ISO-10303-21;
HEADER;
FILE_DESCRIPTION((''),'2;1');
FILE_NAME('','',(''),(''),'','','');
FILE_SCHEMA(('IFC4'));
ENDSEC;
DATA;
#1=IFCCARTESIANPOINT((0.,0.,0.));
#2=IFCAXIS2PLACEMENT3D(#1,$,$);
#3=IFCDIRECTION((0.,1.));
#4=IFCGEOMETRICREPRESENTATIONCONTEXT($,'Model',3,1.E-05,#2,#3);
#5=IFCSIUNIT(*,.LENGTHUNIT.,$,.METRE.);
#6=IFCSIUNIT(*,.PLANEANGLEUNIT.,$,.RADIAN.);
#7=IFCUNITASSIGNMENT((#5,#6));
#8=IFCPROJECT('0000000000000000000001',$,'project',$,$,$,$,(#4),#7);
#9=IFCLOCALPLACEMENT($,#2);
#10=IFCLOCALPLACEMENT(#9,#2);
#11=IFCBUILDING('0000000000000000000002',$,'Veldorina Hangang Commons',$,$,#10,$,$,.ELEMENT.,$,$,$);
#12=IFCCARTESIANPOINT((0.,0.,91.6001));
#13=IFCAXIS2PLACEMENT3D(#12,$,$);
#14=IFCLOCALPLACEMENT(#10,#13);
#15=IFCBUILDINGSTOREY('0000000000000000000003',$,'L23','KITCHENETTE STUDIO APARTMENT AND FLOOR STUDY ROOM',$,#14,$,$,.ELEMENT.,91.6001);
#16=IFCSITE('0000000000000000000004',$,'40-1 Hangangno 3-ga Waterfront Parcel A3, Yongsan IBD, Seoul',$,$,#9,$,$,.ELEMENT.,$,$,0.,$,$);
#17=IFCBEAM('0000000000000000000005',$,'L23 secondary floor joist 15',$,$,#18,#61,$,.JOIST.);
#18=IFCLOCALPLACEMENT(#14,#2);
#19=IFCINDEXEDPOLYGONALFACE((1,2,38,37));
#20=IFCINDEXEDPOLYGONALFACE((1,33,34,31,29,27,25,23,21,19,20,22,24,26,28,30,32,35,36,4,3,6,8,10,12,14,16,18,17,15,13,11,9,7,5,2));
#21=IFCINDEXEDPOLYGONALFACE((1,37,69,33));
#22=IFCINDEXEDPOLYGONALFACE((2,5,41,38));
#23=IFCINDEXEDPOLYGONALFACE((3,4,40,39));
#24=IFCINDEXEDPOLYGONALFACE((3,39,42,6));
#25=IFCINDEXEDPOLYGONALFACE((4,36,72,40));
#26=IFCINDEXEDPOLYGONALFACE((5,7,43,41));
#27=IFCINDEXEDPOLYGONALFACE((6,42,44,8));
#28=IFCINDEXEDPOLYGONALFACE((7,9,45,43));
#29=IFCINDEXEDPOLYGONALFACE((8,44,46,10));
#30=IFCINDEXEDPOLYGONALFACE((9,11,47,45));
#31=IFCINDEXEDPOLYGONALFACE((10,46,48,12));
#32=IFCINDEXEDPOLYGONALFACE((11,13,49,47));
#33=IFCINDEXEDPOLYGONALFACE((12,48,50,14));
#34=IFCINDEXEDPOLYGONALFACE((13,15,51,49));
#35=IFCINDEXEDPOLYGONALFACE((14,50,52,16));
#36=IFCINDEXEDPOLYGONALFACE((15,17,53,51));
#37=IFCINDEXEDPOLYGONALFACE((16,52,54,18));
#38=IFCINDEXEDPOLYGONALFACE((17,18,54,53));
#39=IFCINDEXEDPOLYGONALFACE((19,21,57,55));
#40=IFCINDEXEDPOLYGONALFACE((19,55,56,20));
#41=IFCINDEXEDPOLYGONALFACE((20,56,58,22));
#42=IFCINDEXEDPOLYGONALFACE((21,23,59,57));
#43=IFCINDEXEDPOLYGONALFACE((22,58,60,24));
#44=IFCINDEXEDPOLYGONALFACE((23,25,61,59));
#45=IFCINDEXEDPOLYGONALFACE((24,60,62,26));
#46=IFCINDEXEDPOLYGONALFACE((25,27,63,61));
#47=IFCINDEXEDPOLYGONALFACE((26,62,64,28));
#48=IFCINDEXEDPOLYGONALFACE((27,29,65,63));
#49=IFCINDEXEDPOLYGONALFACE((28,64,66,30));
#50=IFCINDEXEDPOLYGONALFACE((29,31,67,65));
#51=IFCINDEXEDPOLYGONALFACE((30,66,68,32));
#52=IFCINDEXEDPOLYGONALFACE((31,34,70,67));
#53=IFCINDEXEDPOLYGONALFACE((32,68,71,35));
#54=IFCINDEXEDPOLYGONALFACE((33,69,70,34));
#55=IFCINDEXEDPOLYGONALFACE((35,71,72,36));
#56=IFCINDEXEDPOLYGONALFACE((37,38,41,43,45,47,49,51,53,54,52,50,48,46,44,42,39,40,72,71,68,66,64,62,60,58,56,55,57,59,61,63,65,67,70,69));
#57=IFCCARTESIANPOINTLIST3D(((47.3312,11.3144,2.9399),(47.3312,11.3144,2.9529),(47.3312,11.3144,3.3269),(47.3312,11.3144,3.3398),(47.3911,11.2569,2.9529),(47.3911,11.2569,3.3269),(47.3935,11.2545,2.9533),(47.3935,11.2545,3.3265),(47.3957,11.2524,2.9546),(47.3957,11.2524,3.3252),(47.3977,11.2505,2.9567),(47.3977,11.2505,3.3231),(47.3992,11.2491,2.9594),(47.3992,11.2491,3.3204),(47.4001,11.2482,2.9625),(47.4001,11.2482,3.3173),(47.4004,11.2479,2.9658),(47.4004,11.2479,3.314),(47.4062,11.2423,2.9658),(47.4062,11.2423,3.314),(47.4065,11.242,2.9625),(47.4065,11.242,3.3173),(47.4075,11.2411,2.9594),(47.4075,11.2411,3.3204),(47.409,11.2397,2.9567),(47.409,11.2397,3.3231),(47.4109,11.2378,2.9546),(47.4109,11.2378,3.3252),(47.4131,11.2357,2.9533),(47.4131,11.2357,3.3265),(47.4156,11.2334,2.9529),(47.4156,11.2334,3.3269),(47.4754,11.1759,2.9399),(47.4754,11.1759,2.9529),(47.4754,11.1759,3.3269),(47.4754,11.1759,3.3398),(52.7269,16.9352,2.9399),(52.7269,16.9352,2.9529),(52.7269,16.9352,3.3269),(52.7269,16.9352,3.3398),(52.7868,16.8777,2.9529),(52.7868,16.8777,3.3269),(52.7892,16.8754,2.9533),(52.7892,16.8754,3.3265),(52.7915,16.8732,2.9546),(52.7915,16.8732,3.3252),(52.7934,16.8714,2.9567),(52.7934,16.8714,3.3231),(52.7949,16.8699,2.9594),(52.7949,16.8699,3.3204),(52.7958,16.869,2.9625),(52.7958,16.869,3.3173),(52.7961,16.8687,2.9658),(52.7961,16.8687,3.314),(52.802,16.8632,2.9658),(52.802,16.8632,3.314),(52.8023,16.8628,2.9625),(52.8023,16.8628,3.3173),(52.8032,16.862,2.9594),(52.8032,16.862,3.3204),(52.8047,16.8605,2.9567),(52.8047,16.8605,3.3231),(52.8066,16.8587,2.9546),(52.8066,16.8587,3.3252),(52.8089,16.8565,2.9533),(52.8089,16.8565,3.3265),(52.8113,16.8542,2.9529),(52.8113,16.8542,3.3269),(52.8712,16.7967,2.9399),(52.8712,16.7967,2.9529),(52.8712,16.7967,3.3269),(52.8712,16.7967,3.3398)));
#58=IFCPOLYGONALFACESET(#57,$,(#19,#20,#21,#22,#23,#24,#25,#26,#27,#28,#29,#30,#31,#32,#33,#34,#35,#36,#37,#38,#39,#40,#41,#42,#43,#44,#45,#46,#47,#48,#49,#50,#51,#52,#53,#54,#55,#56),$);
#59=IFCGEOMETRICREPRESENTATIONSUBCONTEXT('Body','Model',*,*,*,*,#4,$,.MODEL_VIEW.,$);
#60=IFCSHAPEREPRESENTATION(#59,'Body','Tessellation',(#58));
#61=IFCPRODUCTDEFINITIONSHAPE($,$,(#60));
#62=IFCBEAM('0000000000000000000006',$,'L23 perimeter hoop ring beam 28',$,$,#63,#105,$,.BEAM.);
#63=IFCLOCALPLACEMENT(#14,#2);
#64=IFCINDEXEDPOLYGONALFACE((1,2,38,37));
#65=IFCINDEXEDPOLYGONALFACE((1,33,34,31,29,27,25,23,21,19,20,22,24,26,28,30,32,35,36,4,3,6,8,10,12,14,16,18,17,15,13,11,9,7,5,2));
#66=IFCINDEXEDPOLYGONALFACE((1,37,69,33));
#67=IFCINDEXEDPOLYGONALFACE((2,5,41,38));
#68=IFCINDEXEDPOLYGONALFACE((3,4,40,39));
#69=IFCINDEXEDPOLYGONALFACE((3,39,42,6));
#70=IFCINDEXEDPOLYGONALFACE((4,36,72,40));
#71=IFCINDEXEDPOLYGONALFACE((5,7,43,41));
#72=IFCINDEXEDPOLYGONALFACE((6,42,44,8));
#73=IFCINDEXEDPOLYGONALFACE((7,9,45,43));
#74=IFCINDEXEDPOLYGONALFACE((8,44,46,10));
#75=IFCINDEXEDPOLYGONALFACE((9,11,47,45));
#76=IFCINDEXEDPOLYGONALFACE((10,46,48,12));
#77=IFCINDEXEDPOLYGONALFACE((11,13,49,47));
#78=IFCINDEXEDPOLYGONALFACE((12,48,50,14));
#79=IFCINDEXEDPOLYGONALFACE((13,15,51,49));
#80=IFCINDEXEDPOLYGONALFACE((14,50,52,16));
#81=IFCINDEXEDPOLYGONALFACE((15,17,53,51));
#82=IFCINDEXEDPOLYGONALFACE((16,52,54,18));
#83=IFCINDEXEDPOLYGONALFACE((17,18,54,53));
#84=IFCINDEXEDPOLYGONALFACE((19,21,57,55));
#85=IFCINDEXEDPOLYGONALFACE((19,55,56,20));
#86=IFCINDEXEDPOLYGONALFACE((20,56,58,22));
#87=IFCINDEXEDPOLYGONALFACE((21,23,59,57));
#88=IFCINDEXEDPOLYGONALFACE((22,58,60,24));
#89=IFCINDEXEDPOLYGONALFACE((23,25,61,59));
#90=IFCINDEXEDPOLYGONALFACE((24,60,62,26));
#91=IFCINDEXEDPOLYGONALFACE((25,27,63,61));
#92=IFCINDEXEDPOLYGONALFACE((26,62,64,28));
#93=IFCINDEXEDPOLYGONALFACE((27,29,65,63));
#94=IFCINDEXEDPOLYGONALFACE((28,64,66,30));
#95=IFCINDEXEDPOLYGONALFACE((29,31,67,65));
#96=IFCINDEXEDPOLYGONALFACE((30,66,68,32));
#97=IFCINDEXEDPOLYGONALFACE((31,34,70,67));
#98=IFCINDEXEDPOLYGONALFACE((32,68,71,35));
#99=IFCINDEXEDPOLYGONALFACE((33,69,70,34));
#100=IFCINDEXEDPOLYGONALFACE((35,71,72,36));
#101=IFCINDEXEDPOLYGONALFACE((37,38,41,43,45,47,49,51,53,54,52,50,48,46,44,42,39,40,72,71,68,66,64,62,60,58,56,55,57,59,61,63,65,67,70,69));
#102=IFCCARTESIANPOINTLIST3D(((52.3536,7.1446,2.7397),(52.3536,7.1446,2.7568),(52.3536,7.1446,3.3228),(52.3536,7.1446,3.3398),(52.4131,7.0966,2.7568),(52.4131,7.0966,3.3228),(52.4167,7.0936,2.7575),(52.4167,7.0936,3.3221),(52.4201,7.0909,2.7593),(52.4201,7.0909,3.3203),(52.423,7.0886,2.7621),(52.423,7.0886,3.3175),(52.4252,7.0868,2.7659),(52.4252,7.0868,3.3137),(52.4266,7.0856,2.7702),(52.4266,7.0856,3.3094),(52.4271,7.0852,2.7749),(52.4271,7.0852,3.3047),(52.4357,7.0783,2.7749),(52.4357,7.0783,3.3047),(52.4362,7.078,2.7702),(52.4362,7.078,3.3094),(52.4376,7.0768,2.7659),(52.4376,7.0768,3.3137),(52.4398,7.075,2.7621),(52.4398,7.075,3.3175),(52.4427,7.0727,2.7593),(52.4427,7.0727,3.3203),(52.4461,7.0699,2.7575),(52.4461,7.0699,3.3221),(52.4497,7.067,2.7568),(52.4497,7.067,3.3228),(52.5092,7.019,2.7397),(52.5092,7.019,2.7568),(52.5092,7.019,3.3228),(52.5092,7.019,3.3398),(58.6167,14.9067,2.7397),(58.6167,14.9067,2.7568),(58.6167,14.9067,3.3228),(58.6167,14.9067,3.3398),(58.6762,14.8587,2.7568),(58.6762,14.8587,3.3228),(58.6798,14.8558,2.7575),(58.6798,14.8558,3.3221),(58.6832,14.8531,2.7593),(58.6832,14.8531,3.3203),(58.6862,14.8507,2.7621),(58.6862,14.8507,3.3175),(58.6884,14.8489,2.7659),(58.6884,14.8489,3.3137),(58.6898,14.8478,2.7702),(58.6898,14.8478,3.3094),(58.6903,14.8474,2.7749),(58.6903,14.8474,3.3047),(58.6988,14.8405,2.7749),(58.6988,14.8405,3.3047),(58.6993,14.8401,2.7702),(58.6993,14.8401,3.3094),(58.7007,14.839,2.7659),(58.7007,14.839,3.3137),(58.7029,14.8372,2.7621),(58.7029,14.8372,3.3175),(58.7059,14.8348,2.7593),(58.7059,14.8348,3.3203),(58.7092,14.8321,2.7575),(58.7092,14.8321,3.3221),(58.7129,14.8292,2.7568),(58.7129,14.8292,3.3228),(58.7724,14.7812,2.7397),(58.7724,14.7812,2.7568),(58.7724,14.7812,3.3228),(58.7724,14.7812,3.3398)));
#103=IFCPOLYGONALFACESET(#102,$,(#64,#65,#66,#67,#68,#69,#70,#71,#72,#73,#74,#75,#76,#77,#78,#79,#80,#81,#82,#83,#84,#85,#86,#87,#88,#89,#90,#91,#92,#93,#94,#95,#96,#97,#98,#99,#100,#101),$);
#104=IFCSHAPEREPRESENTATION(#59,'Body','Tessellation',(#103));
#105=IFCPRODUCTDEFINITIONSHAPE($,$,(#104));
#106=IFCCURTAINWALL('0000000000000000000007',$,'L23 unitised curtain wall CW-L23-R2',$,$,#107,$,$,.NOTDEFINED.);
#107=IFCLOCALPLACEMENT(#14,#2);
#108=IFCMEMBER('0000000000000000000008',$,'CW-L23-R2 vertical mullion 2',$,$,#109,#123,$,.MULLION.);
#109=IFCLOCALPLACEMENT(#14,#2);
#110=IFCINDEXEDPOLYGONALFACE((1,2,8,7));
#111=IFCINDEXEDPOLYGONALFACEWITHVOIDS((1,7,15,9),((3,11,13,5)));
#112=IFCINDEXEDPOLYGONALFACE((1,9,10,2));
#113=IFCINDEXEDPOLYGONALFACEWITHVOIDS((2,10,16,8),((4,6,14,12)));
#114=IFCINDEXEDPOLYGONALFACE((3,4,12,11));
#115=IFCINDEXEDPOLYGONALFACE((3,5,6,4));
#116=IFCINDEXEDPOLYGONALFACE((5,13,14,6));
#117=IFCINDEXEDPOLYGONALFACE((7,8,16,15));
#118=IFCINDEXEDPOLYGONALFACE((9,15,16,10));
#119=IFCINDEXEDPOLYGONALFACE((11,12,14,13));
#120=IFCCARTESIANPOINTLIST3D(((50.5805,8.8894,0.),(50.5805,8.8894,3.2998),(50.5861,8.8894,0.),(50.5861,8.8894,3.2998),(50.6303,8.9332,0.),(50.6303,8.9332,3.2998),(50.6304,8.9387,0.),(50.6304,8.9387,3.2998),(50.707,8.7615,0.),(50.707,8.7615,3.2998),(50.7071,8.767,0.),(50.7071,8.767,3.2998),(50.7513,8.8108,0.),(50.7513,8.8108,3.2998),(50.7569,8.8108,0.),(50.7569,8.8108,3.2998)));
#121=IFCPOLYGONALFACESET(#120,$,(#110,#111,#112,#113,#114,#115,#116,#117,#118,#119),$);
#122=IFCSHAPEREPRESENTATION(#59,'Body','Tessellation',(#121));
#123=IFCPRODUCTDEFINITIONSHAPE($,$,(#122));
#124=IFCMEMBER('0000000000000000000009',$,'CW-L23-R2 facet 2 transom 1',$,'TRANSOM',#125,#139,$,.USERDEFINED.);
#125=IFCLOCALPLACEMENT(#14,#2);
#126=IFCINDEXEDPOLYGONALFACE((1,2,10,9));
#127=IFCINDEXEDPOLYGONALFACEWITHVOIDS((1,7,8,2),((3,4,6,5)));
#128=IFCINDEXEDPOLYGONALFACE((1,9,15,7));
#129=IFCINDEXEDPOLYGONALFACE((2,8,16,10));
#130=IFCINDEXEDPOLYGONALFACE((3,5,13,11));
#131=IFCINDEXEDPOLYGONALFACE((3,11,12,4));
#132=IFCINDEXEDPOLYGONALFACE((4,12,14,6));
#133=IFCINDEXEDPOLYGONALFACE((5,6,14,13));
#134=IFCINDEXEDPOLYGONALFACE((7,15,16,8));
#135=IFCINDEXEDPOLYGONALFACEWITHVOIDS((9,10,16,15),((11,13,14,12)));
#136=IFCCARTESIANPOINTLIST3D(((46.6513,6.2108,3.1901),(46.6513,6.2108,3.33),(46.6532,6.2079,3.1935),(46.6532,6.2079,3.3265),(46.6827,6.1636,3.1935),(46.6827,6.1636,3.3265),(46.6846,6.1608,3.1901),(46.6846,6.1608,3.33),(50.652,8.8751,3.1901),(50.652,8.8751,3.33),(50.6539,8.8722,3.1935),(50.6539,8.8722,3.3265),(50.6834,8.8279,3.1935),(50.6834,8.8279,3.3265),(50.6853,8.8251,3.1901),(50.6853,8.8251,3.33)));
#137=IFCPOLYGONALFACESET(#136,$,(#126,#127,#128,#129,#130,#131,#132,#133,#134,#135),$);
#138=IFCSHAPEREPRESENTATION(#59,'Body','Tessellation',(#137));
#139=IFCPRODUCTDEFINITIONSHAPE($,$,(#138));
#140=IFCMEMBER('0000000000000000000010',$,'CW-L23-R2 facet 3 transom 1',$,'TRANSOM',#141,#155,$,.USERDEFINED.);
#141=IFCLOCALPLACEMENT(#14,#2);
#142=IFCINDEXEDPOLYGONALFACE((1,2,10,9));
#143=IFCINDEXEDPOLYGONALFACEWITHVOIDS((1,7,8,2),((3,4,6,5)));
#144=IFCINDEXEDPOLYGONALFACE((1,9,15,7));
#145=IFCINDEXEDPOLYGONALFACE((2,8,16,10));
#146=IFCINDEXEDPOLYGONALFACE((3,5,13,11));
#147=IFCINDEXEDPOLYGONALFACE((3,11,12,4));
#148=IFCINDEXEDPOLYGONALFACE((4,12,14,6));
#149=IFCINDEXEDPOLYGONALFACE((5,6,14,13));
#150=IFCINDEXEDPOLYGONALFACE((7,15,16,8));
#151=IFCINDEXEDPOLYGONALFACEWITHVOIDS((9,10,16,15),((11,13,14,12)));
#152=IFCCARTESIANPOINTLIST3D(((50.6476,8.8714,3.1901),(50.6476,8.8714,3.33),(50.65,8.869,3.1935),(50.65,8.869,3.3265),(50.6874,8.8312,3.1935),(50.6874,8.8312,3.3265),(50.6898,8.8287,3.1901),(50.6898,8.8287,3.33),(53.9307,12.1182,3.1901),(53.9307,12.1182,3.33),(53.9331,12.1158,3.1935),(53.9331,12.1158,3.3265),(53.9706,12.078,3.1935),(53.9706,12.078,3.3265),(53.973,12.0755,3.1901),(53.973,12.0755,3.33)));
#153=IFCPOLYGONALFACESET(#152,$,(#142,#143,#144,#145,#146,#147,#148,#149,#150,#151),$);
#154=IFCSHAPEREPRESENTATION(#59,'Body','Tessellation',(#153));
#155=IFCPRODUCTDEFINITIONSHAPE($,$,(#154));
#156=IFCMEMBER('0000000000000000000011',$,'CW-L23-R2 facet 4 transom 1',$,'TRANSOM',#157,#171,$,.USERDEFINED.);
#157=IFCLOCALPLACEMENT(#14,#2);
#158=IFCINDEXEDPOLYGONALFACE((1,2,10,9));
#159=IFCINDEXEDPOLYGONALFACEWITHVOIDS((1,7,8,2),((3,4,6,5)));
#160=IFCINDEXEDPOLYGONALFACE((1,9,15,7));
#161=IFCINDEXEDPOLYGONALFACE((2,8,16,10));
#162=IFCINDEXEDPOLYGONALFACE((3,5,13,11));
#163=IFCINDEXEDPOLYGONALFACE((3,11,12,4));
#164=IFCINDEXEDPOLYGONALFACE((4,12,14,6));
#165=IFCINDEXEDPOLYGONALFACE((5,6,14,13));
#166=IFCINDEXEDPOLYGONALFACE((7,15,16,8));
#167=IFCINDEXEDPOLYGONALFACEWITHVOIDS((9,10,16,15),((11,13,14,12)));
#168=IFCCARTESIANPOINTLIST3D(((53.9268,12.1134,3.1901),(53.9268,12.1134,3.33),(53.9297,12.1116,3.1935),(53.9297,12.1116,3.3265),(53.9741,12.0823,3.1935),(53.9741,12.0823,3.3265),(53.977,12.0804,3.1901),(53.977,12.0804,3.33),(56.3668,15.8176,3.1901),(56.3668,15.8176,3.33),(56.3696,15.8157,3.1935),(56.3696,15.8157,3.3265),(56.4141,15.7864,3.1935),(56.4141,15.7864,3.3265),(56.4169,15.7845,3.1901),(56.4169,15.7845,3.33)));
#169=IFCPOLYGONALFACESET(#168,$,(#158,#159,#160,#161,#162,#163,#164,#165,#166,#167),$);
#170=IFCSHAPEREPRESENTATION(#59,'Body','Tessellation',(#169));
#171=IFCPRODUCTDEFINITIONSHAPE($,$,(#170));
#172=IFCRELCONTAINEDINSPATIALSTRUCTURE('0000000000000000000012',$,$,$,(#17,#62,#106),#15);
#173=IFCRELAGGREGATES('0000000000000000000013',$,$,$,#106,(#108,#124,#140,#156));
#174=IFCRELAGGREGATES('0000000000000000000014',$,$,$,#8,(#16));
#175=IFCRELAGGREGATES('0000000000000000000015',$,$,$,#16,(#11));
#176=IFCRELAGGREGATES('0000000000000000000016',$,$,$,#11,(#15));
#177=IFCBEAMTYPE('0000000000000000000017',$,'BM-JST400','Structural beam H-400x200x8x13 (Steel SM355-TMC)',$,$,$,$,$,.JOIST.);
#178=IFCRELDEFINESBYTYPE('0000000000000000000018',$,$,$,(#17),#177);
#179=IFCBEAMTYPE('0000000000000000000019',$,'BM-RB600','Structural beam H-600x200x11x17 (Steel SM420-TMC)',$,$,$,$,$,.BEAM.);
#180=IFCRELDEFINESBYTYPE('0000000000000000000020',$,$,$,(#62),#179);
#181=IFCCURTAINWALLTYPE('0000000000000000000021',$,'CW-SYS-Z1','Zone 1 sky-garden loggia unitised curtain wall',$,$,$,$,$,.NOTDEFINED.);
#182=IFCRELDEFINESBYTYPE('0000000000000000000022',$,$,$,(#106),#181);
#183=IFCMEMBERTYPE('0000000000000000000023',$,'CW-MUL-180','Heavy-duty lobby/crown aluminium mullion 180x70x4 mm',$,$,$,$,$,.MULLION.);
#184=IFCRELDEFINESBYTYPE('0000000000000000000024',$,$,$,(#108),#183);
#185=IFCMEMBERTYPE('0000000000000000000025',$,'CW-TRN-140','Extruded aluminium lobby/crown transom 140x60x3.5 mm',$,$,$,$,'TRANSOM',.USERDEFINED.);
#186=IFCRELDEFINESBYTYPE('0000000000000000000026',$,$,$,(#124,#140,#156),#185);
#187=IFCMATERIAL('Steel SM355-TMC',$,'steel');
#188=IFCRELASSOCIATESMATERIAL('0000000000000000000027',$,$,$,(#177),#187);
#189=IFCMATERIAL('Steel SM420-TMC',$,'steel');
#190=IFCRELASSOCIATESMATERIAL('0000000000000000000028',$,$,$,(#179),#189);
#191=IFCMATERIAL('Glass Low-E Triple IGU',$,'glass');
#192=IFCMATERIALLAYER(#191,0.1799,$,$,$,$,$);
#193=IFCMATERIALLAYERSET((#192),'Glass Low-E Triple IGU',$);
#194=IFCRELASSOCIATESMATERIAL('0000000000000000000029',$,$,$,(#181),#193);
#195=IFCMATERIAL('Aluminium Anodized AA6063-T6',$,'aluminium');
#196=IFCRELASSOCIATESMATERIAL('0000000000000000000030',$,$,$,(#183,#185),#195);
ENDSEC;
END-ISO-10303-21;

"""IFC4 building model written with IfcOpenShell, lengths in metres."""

from ifc_helpers import new_model, si_unit, direction, frame, origin, origin_2d, place, context, subcontext, project, spatial, hollow_rectangle, i_section, extrude, material, layer, layer_set, material_profile, profile_set, type_object, element, aggregate, save


model = new_model("IFC4")

# Units and contexts
model_context = context("Model", 3, precision=1e-05, world=origin(), true_north=direction((0.0, 1.0)))
body_context = subcontext(model_context, "Body", "Model", "MODEL_VIEW")
ifc_project = project(units=[si_unit("LENGTHUNIT", "METRE"), si_unit("PLANEANGLEUNIT", "RADIAN")], contexts=[model_context])

# Site, building, storey
site_placement = place(None, origin())
site = spatial("IfcSite", under=ifc_project, at=site_placement, Name="40-1 Hangangno 3-ga Waterfront Parcel A3, Yongsan IBD, Seoul", CompositionType="ELEMENT", RefElevation=0.0)
building_placement = place(site_placement, origin())
building = spatial("IfcBuilding", under=site, at=building_placement, Name="Veldorina Hangang Commons", CompositionType="ELEMENT")
storey_placement = place(building_placement, frame((0.0, 0.0, 91.6001)))
storey = spatial("IfcBuildingStorey", under=building, at=storey_placement, Name="L23", Description="KITCHENETTE STUDIO APARTMENT AND FLOOR STUDY ROOM", CompositionType="ELEMENT", Elevation=91.6001)

# Beams
ifc_material_1 = material(Name="Steel SM355-TMC", Category="steel")
ifc_material_profile_1 = material_profile(ifc_material_1, i_section(OverallWidth=0.2, OverallDepth=0.3999, WebThickness=0.0081, FlangeThickness=0.0129, FilletRadius=0.0129, at=origin_2d()), Name="H-400x200x8x13")
ifc_profile_set_1 = profile_set([ifc_material_profile_1], Name="Steel SM355-TMC")
beam_type_1 = type_object("IfcBeamType", Name="BM-JST400", Description="Structural beam H-400x200x8x13 (Steel SM355-TMC)", PredefinedType="JOIST", material=ifc_profile_set_1)
beam_1_placement = place(storey_placement, frame((47.4033, 11.2451, 3.1399), z_axis=(0.692514, 0.721404, 0.0), x_axis=(-0.721404, 0.692514, 0.0)))
element("IfcBeam", 1, at=beam_1_placement, inside=storey, type_object=beam_type_1, Name="L23 secondary floor joist 15", PredefinedType="JOIST", context=body_context, shape_type="SweptSolid", body=[
    extrude(i_section(OverallWidth=0.2, OverallDepth=0.3999, WebThickness=0.0081, FlangeThickness=0.0129, FilletRadius=0.0129, at=origin_2d()), origin(), (0.0, 0.0, 1.0), 7.7915),
])
ifc_material_2 = material(Name="Steel SM420-TMC", Category="steel")
ifc_material_profile_2 = material_profile(ifc_material_2, i_section(OverallWidth=0.2, OverallDepth=0.6001, WebThickness=0.011, FlangeThickness=0.0171, FilletRadius=0.0181, at=origin_2d()), Name="H-600x200x11x17")
ifc_profile_set_2 = profile_set([ifc_material_profile_2], Name="Steel SM420-TMC")
beam_type_2 = type_object("IfcBeamType", Name="BM-RB600", Description="Structural beam H-600x200x11x17 (Steel SM420-TMC)", PredefinedType="BEAM", material=ifc_profile_set_2)
beam_2_placement = place(storey_placement, frame((52.4314, 7.0818, 3.0398), z_axis=(0.627955, 0.778249, 0.0), x_axis=(-0.778249, 0.627955, 0.0)))
element("IfcBeam", 2, at=beam_2_placement, inside=storey, type_object=beam_type_2, Name="L23 perimeter hoop ring beam 28", PredefinedType="BEAM", context=body_context, shape_type="SweptSolid", body=[
    extrude(i_section(OverallWidth=0.2, OverallDepth=0.6001, WebThickness=0.011, FlangeThickness=0.0171, FilletRadius=0.0181, at=origin_2d()), origin(), (0.0, 0.0, 1.0), 9.9739),
])

# Curtain wall, members
ifc_material_3 = material(Name="Glass Low-E Triple IGU", Category="glass")
ifc_layer_1 = layer(ifc_material_3, 0.1799)
ifc_layer_set_1 = layer_set([ifc_layer_1], Name="Glass Low-E Triple IGU")
curtain_wall_type = type_object("IfcCurtainWallType", Name="CW-SYS-Z1", Description="Zone 1 sky-garden loggia unitised curtain wall", PredefinedType="NOTDEFINED", material=ifc_layer_set_1)
curtain_wall_placement = place(storey_placement, origin())
curtain_wall = element("IfcCurtainWall", 3, at=curtain_wall_placement, inside=storey, type_object=curtain_wall_type, Name="L23 unitised curtain wall CW-L23-R2", PredefinedType="NOTDEFINED")
ifc_material_4 = material(Name="Aluminium Anodized AA6063-T6", Category="aluminium")
ifc_material_profile_3 = material_profile(ifc_material_4, hollow_rectangle(XDim=0.0701, YDim=0.1799, WallThickness=0.0039, at=origin_2d()), Name="ALU-RHS-180x70x4")
ifc_profile_set_3 = profile_set([ifc_material_profile_3], Name="Aluminium Anodized AA6063-T6")
member_type_1 = type_object("IfcMemberType", Name="CW-MUL-180", Description="Heavy-duty lobby/crown aluminium mullion 180x70x4 mm", PredefinedType="MULLION", material=ifc_profile_set_3)
member_1_placement = place(storey_placement, frame((50.6687, 8.8501, 0.0), z_axis=(0.0, 0.0, 1.0), x_axis=(0.711057, 0.703134, 0.0)))
member_1 = element("IfcMember", 4, at=member_1_placement, type_object=member_type_1, Name="CW-L23-R2 vertical mullion 2", PredefinedType="MULLION", context=body_context, shape_type="SweptSolid", body=[
    extrude(hollow_rectangle(XDim=0.0701, YDim=0.1799, WallThickness=0.0039, at=origin_2d()), origin(), (0.0, 0.0, 1.0), 3.2998),
])
ifc_material_profile_4 = material_profile(ifc_material_4, hollow_rectangle(XDim=0.0601, YDim=0.1399, WallThickness=0.0034, at=origin_2d()), Name="ALU-RHS-140x60x3.5")
ifc_profile_set_4 = profile_set([ifc_material_profile_4], Name="Aluminium Anodized AA6063-T6")
member_type_2 = type_object("IfcMemberType", Name="CW-TRN-140", Description="Extruded aluminium lobby/crown transom 140x60x3.5 mm", ElementType="TRANSOM", PredefinedType="USERDEFINED", material=ifc_profile_set_4)
member_2_placement = place(storey_placement, frame((46.668, 6.1858, 3.26), z_axis=(0.832324, 0.55429, 0.0), x_axis=(-0.55429, 0.832324, 0.0)))
member_2 = element("IfcMember", 5, at=member_2_placement, type_object=member_type_2, Name="CW-L23-R2 facet 2 transom 1", ObjectType="TRANSOM", PredefinedType="USERDEFINED", context=body_context, shape_type="SweptSolid", body=[
    extrude(hollow_rectangle(XDim=0.0601, YDim=0.1399, WallThickness=0.0034, at=origin_2d()), origin(), (0.0, 0.0, 1.0), 4.8066),
])
member_3_placement = place(storey_placement, frame((50.6687, 8.8501, 3.26), z_axis=(0.711035, 0.703157, 0.0), x_axis=(-0.703157, 0.711035, 0.0)))
member_3 = element("IfcMember", 6, at=member_3_placement, type_object=member_type_2, Name="CW-L23-R2 facet 3 transom 1", ObjectType="TRANSOM", PredefinedType="USERDEFINED", context=body_context, shape_type="SweptSolid", body=[
    extrude(hollow_rectangle(XDim=0.0601, YDim=0.1399, WallThickness=0.0034, at=origin_2d()), origin(), (0.0, 0.0, 1.0), 4.6174),
])
member_4_placement = place(storey_placement, frame((53.9519, 12.0969, 3.26), z_axis=(0.550094, 0.835103, 0.0), x_axis=(-0.835103, 0.550094, 0.0)))
member_4 = element("IfcMember", 7, at=member_4_placement, type_object=member_type_2, Name="CW-L23-R2 facet 4 transom 1", ObjectType="TRANSOM", PredefinedType="USERDEFINED", context=body_context, shape_type="SweptSolid", body=[
    extrude(hollow_rectangle(XDim=0.0601, YDim=0.1399, WallThickness=0.0034, at=origin_2d()), origin(), (0.0, 0.0, 1.0), 4.4355),
])

aggregate(curtain_wall, [member_1, member_2, member_3, member_4])

save(model, "model.ifc")
